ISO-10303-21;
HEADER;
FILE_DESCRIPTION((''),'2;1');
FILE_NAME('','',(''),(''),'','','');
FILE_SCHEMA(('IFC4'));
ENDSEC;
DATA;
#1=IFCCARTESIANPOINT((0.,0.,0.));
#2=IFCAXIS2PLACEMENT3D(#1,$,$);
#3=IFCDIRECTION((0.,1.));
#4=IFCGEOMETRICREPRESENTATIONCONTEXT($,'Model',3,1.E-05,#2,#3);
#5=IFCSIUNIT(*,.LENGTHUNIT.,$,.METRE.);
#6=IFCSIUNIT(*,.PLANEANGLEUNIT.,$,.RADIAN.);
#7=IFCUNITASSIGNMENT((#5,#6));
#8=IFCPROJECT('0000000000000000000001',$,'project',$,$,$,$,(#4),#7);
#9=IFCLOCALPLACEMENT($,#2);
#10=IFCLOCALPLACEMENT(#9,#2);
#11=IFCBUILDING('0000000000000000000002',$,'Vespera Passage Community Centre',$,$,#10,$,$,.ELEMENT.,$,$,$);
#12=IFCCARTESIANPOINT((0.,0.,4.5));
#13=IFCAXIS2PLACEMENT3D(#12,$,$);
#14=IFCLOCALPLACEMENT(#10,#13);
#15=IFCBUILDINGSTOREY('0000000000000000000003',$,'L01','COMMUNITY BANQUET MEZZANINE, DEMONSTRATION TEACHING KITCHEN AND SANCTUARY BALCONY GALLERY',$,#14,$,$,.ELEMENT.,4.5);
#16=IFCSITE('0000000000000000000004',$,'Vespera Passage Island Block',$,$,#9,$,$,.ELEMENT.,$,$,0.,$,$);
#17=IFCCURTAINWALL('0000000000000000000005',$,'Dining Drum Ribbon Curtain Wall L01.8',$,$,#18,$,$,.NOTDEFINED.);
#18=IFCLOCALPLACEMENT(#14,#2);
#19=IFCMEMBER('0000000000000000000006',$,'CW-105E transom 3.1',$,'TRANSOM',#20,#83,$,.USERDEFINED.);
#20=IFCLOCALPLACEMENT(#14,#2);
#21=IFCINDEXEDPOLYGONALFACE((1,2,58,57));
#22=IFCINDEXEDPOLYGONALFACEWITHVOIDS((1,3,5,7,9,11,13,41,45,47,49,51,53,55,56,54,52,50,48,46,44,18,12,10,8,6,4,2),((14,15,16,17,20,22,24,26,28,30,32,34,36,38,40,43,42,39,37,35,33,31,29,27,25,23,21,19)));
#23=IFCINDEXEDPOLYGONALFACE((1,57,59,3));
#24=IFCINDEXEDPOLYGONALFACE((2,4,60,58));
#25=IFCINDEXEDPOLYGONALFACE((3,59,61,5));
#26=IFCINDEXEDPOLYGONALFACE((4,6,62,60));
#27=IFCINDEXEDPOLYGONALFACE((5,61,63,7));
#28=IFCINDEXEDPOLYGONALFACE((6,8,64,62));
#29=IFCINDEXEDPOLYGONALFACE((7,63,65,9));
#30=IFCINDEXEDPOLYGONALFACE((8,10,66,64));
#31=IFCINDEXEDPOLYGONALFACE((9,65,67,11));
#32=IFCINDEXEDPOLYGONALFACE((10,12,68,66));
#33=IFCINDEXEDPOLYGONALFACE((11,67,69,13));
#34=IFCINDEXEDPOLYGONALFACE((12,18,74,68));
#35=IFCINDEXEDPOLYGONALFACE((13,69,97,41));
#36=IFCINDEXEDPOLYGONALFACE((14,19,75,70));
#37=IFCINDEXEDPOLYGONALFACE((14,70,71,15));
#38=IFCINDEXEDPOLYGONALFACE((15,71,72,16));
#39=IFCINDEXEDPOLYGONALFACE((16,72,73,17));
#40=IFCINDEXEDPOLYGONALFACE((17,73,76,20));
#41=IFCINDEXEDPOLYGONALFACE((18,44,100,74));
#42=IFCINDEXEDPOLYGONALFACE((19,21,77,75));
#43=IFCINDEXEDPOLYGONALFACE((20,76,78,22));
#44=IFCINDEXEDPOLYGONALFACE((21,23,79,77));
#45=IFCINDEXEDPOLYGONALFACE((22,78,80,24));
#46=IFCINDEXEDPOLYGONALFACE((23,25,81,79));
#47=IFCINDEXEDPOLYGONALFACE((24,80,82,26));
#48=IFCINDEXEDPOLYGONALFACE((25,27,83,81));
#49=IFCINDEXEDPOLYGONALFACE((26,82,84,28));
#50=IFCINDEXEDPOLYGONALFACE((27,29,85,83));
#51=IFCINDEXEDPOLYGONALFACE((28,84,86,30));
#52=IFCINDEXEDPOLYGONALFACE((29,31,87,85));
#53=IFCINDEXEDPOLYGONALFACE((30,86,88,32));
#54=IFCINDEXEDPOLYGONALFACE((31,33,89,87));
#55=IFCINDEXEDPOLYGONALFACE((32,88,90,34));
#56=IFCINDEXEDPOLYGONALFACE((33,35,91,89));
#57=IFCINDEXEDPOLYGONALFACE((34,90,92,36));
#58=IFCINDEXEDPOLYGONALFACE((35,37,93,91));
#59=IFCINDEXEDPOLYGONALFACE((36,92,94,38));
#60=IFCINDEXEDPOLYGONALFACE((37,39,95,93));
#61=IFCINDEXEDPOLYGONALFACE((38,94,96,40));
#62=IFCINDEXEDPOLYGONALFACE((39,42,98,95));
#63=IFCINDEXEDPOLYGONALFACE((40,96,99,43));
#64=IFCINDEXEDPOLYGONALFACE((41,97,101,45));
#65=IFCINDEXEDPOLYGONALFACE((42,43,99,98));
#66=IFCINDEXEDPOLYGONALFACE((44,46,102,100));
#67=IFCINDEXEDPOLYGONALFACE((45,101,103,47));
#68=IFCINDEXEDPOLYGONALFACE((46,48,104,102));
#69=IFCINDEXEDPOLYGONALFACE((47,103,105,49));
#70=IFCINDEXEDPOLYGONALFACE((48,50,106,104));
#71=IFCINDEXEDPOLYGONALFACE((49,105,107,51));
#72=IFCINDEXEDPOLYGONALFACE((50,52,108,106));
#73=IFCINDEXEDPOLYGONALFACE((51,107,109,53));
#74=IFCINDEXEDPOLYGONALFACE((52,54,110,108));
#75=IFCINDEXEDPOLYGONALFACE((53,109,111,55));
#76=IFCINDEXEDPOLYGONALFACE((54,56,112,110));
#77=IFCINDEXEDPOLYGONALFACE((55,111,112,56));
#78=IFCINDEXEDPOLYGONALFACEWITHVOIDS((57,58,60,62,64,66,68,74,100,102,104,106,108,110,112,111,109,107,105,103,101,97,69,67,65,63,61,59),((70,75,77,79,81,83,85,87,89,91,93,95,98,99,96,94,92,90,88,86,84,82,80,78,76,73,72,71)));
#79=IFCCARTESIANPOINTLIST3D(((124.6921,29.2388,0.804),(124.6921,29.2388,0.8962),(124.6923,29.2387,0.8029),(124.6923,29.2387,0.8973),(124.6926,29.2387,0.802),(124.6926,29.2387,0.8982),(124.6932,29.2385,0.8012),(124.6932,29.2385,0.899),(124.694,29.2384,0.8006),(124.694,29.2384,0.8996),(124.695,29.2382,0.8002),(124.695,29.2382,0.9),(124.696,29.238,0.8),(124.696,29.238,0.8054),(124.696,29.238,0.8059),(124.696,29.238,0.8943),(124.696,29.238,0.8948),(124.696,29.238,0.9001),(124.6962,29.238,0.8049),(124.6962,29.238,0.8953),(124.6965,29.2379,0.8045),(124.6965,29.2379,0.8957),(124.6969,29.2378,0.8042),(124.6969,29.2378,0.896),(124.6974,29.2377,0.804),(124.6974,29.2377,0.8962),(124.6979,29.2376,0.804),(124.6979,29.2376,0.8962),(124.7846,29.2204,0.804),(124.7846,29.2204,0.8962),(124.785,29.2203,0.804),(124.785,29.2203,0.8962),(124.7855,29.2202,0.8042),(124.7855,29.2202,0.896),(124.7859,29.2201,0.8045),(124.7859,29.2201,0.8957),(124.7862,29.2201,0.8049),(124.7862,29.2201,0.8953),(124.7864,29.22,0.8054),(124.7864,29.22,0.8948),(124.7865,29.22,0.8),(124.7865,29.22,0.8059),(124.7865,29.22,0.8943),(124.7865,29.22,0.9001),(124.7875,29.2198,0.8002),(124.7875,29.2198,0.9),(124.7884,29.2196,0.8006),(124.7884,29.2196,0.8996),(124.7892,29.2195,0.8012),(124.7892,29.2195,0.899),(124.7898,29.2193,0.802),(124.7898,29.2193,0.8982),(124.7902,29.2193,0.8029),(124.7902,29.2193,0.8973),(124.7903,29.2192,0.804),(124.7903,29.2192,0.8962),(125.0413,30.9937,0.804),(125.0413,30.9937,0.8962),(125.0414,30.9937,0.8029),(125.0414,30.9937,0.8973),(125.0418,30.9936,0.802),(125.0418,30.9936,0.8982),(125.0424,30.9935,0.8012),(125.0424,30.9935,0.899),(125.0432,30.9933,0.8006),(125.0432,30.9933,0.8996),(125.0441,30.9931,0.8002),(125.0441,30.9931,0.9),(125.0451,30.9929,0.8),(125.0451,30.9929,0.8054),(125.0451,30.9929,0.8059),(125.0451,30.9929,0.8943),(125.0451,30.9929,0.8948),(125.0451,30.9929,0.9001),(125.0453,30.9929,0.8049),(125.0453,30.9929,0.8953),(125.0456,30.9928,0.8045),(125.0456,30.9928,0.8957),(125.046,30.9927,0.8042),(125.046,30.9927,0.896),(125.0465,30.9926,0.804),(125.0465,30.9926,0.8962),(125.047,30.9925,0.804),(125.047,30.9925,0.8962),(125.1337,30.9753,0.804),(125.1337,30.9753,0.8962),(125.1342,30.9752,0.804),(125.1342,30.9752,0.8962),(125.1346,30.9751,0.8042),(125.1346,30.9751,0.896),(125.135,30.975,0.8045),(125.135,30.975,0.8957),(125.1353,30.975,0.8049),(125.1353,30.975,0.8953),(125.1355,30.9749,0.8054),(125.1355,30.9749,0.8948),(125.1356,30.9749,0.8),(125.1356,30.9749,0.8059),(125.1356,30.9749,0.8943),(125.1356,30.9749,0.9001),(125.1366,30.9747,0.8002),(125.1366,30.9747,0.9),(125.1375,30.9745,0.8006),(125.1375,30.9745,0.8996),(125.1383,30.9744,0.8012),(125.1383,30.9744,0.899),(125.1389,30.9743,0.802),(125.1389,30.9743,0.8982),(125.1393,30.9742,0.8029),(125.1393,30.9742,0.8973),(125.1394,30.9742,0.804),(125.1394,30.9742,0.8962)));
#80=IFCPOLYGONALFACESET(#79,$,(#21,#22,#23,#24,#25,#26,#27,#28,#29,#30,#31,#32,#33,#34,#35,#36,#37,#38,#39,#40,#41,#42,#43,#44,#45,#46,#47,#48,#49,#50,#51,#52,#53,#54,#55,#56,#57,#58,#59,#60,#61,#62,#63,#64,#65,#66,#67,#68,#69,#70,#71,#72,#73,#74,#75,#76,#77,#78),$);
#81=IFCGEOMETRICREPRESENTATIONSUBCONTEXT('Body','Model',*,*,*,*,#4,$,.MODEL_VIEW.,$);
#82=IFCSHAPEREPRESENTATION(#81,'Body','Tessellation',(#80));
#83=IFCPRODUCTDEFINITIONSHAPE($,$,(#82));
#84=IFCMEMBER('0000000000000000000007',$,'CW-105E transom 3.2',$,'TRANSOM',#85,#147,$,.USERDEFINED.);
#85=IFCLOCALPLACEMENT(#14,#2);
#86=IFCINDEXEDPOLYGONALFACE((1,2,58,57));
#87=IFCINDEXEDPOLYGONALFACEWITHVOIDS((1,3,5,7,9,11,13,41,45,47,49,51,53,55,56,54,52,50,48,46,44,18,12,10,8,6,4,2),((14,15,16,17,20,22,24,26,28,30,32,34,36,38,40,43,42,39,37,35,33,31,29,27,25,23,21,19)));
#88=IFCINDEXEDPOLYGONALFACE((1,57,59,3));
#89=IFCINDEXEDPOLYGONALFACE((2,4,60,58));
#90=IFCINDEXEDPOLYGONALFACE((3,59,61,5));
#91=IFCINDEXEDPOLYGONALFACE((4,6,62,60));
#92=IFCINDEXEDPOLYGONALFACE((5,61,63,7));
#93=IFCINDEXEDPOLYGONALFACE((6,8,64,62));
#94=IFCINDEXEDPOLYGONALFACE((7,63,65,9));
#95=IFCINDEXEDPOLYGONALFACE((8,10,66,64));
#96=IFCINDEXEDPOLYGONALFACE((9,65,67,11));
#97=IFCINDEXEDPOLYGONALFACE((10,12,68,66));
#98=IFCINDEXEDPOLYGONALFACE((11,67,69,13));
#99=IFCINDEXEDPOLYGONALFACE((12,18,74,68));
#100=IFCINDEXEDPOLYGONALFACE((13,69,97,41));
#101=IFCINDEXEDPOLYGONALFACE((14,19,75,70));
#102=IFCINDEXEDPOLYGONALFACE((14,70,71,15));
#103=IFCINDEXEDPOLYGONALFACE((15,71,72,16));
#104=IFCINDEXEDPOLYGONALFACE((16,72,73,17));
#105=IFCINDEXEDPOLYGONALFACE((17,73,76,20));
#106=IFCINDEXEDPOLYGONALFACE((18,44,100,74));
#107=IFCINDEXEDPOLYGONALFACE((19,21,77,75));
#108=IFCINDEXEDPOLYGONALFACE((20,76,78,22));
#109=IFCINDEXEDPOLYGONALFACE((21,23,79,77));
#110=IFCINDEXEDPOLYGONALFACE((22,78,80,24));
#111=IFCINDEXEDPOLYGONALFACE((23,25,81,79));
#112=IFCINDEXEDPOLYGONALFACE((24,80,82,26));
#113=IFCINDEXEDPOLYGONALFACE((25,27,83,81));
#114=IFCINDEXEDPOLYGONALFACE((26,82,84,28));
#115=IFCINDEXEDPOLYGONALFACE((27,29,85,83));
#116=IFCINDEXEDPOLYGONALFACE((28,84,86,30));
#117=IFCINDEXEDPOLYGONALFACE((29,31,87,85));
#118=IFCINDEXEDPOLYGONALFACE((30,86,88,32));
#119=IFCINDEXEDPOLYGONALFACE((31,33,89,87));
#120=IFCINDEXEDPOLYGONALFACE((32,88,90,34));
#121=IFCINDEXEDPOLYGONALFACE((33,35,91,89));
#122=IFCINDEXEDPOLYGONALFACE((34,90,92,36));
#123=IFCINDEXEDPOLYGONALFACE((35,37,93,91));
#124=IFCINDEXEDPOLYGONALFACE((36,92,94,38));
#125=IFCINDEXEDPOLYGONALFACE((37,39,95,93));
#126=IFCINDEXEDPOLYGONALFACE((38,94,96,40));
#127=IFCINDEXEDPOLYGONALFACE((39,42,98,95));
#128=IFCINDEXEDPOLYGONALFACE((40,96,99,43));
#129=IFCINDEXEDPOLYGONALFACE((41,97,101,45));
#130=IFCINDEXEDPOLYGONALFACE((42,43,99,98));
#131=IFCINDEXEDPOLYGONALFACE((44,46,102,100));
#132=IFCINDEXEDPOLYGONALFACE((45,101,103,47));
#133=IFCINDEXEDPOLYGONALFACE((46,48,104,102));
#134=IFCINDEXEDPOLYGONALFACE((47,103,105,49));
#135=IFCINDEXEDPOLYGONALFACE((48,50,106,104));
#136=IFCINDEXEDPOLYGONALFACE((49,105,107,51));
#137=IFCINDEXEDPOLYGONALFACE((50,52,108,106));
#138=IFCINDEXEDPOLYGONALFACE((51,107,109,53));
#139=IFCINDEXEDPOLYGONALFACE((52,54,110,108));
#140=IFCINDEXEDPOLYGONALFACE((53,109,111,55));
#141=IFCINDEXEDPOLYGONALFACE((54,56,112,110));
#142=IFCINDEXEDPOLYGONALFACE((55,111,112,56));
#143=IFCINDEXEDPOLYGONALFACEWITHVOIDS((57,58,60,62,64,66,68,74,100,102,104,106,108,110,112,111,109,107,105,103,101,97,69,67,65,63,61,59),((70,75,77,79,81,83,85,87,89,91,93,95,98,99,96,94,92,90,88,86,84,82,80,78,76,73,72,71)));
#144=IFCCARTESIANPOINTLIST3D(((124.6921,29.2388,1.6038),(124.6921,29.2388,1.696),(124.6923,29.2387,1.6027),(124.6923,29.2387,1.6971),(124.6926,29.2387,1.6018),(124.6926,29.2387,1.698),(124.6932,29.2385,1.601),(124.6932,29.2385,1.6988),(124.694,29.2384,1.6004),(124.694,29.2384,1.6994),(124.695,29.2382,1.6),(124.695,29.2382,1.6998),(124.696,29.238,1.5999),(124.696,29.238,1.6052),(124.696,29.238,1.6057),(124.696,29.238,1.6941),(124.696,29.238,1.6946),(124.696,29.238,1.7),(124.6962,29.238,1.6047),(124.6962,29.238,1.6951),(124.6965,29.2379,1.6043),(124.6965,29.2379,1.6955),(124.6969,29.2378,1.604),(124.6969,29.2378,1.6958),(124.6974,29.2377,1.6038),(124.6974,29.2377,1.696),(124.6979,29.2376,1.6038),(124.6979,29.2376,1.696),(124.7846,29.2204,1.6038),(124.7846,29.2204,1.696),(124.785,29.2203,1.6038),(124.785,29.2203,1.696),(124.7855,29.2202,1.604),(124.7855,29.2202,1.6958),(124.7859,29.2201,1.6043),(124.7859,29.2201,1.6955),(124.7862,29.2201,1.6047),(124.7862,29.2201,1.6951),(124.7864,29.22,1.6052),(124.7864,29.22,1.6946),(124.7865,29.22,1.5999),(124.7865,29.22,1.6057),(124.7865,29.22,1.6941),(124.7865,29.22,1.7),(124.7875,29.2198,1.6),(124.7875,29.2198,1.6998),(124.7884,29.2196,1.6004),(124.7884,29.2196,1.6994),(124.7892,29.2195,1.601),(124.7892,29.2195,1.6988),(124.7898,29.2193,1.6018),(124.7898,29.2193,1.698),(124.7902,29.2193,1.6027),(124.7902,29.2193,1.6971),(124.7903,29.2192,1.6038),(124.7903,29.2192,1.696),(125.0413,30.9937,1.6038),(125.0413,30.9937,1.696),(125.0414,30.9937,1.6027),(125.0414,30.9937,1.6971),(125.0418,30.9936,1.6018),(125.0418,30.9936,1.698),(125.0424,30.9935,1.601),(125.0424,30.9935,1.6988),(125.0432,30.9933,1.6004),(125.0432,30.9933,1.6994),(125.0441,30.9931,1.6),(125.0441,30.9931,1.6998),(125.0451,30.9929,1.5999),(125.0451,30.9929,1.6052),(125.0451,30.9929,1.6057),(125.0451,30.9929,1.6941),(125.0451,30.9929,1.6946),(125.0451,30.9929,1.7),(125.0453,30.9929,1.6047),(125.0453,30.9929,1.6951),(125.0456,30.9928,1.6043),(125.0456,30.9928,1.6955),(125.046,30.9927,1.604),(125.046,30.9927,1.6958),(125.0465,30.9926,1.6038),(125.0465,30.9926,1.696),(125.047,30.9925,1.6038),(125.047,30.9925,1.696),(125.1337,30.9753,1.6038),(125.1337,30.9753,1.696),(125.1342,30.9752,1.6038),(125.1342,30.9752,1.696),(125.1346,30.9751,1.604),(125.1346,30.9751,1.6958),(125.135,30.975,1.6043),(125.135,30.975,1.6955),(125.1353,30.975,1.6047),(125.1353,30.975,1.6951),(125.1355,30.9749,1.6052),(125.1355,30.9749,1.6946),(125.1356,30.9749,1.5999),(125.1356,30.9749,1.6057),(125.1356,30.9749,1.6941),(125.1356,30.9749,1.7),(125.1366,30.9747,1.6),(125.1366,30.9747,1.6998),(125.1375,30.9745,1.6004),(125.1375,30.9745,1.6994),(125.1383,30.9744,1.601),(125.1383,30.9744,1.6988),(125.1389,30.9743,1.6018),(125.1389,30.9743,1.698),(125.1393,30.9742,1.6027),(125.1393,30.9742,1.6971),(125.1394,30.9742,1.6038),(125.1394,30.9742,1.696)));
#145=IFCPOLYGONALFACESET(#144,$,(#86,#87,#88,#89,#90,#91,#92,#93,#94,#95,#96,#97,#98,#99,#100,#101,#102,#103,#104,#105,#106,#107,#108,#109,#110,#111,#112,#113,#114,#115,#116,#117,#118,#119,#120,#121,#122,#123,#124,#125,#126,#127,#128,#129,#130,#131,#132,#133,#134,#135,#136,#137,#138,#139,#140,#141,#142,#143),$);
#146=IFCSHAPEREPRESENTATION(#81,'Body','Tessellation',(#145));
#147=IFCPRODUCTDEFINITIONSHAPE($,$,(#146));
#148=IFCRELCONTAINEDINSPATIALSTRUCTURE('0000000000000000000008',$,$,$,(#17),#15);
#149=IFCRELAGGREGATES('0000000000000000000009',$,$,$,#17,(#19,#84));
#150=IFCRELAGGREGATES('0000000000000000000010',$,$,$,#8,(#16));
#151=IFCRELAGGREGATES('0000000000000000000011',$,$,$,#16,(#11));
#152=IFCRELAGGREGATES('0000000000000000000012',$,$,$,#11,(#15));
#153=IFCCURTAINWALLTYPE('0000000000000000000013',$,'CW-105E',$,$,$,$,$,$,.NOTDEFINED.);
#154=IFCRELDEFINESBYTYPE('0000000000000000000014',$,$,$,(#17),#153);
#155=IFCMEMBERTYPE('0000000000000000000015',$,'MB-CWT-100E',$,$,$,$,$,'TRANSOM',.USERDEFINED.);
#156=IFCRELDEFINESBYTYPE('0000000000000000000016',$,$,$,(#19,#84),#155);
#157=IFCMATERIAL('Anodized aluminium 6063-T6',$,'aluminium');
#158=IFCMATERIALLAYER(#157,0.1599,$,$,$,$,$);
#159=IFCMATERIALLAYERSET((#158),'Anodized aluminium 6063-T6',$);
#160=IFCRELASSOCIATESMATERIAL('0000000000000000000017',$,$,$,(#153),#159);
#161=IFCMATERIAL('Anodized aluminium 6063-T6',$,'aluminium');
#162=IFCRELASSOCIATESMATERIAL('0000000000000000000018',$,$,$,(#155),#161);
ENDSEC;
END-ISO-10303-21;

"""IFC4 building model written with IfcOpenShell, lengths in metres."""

from ifc_helpers import new_model, si_unit, direction, frame, origin, origin_2d, place, context, subcontext, project, spatial, hollow_rectangle, extrude, material, layer, layer_set, material_profile, profile_set, type_object, element, aggregate, save


model = new_model("IFC4")

# Units and contexts
model_context = context("Model", 3, precision=1e-05, world=origin(), true_north=direction((0.0, 1.0)))
body_context = subcontext(model_context, "Body", "Model", "MODEL_VIEW")
ifc_project = project(units=[si_unit("LENGTHUNIT", "METRE"), si_unit("PLANEANGLEUNIT", "RADIAN")], contexts=[model_context])

# Site, building, storey
site_placement = place(None, origin())
site = spatial("IfcSite", under=ifc_project, at=site_placement, Name="Vespera Passage Island Block", CompositionType="ELEMENT", RefElevation=0.0)
building_placement = place(site_placement, origin())
building = spatial("IfcBuilding", under=site, at=building_placement, Name="Vespera Passage Community Centre", CompositionType="ELEMENT")
storey_placement = place(building_placement, frame((0.0, 0.0, 4.5)))
storey = spatial("IfcBuildingStorey", under=building, at=storey_placement, Name="L01", Description="COMMUNITY BANQUET MEZZANINE, DEMONSTRATION TEACHING KITCHEN AND SANCTUARY BALCONY GALLERY", CompositionType="ELEMENT", Elevation=4.5)

# Curtain wall
ifc_material_1 = material(Name="Anodized aluminium 6063-T6", Category="aluminium")
ifc_layer_1 = layer(ifc_material_1, 0.1599)
ifc_layer_set_1 = layer_set([ifc_layer_1], Name="Anodized aluminium 6063-T6")
curtain_wall_type = type_object("IfcCurtainWallType", Name="CW-105E", PredefinedType="NOTDEFINED", material=ifc_layer_set_1)
curtain_wall_1_placement = place(storey_placement, origin())
curtain_wall_1 = element("IfcCurtainWall", 1, at=curtain_wall_1_placement, inside=storey, type_object=curtain_wall_type, Name="Dining Drum Ribbon Curtain Wall L01.8", PredefinedType="NOTDEFINED")

# Members
ifc_material_2 = material(Name="Anodized aluminium 6063-T6", Category="aluminium")
ifc_material_profile_1 = material_profile(ifc_material_2, hollow_rectangle(XDim=0.1001, YDim=0.1001, WallThickness=0.0039, InnerFilletRadius=0.002, OuterFilletRadius=0.0039, at=origin_2d()), Name="ALU100X100X4")
ifc_profile_set_1 = profile_set([ifc_material_profile_1], Name="Anodized aluminium 6063-T6")
member_type_1 = type_object("IfcMemberType", Name="MB-CWT-100E", ElementType="TRANSOM", PredefinedType="USERDEFINED", material=ifc_profile_set_1)
member_1_placement = place(storey_placement, frame((124.7412, 29.229, 0.8501), z_axis=(0.195119, 0.98078, 0.0), x_axis=(-0.98078, 0.195119, 0.0)))
member_1 = element("IfcMember", 2, at=member_1_placement, type_object=member_type_1, Name="CW-105E transom 3.1", ObjectType="TRANSOM", PredefinedType="USERDEFINED", context=body_context, shape_type="SweptSolid", body=[
    extrude(hollow_rectangle(XDim=0.1001, YDim=0.1001, WallThickness=0.0039, InnerFilletRadius=0.002, OuterFilletRadius=0.0039, at=origin_2d()), origin(), (0.0, 0.0, 1.0), 1.7893),
])
member_2_placement = place(storey_placement, frame((124.7412, 29.229, 1.6499), z_axis=(0.195119, 0.98078, 0.0), x_axis=(-0.98078, 0.195119, 0.0)))
member_2 = element("IfcMember", 3, at=member_2_placement, type_object=member_type_1, Name="CW-105E transom 3.2", ObjectType="TRANSOM", PredefinedType="USERDEFINED", context=body_context, shape_type="SweptSolid", body=[
    extrude(hollow_rectangle(XDim=0.1001, YDim=0.1001, WallThickness=0.0039, InnerFilletRadius=0.002, OuterFilletRadius=0.0039, at=origin_2d()), origin(), (0.0, 0.0, 1.0), 1.7893),
])

aggregate(curtain_wall_1, [member_1, member_2])

save(model, "model.ifc")
